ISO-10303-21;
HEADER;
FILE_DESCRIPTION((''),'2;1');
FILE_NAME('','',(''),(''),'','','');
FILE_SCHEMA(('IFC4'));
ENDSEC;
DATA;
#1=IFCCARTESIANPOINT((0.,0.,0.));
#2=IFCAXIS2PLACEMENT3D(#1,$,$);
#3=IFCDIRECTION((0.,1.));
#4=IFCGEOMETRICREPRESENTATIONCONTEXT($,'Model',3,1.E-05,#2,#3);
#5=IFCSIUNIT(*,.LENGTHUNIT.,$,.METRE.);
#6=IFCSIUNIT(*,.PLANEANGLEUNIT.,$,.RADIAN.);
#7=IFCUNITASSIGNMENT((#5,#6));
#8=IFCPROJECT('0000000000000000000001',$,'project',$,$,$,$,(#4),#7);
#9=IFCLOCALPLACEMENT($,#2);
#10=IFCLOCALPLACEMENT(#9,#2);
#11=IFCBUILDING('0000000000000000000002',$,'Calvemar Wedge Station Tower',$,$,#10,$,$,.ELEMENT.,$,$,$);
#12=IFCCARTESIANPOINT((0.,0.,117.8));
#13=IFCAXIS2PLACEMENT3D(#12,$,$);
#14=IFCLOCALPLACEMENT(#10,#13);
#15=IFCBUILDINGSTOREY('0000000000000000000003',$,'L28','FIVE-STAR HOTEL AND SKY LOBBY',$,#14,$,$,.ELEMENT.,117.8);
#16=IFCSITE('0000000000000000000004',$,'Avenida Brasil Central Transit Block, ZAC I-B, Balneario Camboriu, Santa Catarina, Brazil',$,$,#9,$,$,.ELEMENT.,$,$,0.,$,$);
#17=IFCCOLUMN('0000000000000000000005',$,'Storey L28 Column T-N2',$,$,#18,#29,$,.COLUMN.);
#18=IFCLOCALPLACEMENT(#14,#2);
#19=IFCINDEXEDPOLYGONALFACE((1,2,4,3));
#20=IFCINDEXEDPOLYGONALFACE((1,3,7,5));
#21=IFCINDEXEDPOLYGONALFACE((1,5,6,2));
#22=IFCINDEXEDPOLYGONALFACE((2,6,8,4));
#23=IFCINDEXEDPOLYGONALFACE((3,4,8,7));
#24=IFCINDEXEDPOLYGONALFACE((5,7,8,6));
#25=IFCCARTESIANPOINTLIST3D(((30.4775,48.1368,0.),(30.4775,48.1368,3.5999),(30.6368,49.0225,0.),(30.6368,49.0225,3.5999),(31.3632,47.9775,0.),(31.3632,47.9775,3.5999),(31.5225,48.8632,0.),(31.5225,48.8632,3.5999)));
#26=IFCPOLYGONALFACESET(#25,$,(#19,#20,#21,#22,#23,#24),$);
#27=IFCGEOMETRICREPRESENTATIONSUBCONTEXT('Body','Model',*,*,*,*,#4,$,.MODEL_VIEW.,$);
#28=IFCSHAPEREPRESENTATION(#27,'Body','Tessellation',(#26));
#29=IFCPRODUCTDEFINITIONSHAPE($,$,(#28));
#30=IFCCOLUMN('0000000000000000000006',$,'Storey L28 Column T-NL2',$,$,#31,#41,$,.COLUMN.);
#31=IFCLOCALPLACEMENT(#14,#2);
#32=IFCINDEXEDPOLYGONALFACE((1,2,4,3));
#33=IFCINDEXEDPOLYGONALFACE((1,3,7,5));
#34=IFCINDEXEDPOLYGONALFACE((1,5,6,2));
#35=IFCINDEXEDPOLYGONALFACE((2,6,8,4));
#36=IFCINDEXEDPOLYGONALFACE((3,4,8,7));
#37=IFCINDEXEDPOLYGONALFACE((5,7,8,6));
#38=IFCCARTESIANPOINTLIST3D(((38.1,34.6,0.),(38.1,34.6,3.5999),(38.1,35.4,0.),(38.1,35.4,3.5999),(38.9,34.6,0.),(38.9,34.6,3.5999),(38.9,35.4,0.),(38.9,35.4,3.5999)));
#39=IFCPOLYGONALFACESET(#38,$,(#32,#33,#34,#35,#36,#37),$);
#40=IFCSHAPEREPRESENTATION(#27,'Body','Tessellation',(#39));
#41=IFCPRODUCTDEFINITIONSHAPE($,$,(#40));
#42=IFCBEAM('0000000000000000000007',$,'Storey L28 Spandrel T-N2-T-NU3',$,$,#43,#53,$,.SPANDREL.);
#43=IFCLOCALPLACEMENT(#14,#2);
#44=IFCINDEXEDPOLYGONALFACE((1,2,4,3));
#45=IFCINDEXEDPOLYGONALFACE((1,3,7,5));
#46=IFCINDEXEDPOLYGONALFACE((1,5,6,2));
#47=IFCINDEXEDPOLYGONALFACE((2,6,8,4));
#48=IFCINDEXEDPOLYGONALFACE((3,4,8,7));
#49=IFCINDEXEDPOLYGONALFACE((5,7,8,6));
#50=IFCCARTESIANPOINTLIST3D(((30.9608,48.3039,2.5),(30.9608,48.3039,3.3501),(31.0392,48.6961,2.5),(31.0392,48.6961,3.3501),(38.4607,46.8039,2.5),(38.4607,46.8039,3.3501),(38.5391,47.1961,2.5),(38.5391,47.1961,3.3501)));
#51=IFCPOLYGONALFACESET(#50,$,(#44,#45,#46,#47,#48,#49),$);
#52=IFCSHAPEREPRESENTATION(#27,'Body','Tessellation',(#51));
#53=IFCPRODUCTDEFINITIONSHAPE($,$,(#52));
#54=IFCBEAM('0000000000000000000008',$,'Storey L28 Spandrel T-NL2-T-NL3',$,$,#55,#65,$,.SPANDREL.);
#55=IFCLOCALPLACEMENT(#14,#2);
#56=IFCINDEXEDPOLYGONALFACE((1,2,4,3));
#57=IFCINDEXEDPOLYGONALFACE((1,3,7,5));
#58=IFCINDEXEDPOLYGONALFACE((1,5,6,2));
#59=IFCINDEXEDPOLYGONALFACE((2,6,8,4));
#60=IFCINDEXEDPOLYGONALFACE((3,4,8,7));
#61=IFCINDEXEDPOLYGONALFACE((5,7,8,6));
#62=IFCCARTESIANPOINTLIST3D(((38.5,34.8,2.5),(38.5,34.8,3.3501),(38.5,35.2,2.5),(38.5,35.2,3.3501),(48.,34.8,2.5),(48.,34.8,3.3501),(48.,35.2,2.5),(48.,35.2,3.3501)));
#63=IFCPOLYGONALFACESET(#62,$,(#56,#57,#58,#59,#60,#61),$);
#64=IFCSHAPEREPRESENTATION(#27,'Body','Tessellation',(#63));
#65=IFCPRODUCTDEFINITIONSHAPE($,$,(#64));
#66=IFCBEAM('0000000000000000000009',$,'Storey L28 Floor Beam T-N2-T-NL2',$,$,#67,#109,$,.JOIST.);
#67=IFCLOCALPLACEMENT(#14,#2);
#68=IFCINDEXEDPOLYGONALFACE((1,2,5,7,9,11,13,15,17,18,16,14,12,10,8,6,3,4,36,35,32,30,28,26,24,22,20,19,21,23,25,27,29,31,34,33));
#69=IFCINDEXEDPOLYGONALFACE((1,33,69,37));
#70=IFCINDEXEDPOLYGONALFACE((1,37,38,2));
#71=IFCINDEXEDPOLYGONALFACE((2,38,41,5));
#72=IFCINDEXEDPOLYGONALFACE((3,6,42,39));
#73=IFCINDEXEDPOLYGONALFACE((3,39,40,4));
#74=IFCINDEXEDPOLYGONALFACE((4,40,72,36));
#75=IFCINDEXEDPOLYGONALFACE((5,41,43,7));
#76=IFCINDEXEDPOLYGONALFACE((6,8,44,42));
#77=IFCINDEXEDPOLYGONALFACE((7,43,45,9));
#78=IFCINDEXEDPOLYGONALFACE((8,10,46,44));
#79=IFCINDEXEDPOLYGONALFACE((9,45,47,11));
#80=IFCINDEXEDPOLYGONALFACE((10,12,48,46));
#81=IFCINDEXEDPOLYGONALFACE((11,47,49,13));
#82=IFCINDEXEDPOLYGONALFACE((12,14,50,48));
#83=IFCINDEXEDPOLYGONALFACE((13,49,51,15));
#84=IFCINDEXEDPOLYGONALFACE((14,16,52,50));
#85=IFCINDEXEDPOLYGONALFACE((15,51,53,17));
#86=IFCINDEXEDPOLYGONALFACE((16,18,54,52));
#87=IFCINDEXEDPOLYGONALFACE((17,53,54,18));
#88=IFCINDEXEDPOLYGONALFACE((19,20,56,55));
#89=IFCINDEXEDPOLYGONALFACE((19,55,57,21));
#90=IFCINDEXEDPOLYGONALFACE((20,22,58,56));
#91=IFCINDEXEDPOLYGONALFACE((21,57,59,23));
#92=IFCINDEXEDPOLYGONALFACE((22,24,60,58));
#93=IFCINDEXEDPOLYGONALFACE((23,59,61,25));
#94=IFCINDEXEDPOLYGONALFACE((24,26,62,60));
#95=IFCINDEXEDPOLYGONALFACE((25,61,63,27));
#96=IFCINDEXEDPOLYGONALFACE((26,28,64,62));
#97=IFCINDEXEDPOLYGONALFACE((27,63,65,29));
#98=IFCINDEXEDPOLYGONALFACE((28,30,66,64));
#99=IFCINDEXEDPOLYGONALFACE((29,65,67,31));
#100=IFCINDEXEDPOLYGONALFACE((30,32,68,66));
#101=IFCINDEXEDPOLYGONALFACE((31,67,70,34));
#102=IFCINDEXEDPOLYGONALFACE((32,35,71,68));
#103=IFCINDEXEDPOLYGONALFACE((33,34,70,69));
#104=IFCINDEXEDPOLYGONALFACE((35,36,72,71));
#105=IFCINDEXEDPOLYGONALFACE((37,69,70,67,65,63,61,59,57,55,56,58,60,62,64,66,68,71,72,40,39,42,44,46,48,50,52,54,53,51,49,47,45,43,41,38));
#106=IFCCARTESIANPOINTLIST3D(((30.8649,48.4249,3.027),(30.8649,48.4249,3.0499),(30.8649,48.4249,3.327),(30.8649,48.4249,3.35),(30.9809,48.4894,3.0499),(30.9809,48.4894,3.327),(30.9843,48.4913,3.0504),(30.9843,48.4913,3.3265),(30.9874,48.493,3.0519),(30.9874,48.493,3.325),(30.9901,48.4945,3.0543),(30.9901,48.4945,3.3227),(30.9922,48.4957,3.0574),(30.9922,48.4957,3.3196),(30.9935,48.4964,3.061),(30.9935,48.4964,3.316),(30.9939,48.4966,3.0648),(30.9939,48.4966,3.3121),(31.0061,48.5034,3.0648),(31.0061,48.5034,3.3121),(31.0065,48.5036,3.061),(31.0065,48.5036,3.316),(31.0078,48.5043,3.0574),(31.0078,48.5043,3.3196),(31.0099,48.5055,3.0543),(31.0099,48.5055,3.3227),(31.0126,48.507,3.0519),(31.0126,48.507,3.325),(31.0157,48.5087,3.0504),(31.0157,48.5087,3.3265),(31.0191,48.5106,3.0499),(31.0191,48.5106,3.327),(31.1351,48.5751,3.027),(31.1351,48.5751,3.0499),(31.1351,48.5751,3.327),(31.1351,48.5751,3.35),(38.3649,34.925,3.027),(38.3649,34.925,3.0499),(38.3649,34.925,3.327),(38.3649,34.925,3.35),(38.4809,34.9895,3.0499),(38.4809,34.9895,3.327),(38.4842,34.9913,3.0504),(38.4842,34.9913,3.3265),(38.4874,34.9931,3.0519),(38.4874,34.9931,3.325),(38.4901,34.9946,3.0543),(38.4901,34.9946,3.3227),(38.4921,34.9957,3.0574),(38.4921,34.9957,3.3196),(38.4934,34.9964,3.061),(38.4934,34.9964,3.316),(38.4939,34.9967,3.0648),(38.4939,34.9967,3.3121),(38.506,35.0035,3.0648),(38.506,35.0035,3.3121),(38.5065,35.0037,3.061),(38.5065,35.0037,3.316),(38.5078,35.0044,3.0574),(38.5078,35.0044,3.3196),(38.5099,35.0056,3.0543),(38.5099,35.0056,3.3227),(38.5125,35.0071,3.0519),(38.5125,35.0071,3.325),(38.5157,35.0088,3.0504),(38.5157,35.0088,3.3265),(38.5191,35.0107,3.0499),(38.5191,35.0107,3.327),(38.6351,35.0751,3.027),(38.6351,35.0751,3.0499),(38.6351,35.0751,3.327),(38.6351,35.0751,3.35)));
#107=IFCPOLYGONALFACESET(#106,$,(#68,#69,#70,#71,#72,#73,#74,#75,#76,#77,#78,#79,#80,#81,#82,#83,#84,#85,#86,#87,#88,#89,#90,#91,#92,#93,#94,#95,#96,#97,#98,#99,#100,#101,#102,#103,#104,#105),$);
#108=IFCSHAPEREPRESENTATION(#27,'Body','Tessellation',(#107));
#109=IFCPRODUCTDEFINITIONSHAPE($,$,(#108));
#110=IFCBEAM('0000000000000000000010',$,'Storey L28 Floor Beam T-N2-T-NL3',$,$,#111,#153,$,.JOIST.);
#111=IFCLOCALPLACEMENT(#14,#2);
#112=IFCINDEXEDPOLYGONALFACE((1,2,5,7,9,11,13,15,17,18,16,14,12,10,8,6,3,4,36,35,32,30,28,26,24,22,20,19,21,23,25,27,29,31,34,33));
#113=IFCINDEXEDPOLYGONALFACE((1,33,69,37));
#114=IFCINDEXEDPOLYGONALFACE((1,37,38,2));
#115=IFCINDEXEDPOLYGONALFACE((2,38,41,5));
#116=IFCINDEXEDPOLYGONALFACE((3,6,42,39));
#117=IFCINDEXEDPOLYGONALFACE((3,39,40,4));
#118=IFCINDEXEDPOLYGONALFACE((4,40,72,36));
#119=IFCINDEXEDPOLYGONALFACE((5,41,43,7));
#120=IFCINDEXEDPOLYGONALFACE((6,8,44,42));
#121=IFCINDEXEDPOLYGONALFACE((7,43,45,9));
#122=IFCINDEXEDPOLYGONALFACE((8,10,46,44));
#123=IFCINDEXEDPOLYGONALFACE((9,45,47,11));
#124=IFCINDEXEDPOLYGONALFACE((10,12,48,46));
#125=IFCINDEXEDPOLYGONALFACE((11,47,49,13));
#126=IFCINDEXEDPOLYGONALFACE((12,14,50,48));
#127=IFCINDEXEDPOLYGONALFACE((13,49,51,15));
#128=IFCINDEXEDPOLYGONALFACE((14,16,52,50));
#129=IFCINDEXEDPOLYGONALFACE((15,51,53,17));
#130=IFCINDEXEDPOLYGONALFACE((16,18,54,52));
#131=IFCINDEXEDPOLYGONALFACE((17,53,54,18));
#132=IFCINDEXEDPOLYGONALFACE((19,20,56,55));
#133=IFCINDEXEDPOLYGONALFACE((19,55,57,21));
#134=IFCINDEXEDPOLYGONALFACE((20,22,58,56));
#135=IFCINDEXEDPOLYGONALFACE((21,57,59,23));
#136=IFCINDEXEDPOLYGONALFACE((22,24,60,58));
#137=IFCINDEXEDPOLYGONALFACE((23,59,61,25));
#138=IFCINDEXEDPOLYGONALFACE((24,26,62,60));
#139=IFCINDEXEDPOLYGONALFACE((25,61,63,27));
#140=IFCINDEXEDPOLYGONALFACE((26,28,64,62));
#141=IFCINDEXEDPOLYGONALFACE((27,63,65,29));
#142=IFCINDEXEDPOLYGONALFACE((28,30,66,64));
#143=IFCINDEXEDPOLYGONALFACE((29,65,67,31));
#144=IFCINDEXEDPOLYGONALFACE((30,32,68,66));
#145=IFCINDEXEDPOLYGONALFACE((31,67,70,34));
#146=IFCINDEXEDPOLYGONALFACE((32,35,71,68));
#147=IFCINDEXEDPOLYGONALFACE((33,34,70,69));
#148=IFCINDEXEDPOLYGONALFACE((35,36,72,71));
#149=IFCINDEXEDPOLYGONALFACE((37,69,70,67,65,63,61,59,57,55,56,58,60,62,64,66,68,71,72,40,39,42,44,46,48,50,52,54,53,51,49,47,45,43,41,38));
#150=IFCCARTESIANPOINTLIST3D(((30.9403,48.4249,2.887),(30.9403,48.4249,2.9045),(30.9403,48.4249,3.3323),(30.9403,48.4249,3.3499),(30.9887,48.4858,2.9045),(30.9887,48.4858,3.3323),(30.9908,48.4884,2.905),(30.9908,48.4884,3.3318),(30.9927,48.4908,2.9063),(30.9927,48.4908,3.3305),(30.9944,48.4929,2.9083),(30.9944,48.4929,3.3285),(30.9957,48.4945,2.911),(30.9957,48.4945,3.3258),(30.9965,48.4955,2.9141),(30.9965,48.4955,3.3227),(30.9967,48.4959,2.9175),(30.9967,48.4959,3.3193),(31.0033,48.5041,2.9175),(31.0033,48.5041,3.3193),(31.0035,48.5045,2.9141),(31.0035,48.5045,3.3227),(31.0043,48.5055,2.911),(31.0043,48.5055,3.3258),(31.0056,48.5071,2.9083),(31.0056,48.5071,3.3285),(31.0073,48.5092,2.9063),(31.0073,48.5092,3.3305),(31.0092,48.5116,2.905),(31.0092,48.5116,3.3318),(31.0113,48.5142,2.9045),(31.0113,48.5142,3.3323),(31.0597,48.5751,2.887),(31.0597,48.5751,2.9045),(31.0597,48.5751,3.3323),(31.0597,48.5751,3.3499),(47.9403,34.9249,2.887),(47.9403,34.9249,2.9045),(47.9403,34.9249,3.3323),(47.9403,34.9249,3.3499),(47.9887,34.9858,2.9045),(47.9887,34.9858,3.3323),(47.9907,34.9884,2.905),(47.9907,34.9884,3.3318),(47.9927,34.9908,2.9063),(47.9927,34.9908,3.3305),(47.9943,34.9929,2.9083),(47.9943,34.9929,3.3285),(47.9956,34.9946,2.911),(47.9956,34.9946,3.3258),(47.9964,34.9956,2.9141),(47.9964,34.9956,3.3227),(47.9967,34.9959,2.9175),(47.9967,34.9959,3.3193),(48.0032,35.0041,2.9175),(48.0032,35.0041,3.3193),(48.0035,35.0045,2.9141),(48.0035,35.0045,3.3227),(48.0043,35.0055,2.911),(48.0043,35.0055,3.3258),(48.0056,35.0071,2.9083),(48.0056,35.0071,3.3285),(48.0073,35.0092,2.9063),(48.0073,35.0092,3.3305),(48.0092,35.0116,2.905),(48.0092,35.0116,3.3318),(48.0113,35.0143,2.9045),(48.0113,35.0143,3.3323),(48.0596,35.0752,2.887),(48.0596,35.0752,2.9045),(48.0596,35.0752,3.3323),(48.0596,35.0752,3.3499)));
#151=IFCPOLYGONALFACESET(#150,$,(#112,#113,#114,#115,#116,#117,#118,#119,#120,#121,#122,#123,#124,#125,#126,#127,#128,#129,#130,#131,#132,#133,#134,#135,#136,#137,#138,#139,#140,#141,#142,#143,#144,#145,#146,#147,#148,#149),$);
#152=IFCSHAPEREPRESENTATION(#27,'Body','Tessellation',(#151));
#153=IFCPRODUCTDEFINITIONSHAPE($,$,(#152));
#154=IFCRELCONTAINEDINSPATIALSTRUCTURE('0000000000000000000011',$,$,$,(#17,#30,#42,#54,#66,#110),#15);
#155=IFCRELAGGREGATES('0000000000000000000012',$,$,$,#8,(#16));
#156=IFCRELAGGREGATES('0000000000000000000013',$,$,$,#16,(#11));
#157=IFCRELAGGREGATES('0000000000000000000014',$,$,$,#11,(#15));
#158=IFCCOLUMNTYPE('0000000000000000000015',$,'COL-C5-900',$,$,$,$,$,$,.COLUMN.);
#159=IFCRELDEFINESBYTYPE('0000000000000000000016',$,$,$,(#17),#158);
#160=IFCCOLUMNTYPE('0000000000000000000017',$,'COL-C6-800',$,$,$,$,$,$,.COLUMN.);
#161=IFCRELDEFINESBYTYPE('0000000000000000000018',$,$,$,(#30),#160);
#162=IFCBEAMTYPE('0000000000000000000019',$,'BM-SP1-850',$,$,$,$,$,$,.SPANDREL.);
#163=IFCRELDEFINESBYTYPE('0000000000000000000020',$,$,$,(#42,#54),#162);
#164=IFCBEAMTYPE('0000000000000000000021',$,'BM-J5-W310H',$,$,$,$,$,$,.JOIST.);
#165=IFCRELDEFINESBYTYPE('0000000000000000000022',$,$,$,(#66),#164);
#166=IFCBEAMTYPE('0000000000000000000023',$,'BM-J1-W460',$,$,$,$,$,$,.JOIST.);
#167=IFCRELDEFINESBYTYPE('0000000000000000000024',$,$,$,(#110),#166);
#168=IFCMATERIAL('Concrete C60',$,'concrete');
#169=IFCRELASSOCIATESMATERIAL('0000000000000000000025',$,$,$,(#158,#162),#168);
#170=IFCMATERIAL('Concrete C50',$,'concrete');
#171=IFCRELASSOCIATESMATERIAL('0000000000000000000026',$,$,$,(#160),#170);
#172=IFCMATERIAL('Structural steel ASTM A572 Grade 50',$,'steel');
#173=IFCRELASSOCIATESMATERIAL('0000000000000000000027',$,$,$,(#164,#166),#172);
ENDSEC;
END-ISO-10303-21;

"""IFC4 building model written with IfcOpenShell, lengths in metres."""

from ifc_helpers import new_model, si_unit, direction, frame, origin, origin_2d, place, context, subcontext, project, spatial, rectangle, i_section, extrude, source, transform, mapped, material, material_profile, profile_set, type_object, element, save


model = new_model("IFC4")

# Units and contexts
model_context = context("Model", 3, precision=1e-05, world=origin(), true_north=direction((0.0, 1.0)))
body_context = subcontext(model_context, "Body", "Model", "MODEL_VIEW")
ifc_project = project(units=[si_unit("LENGTHUNIT", "METRE"), si_unit("PLANEANGLEUNIT", "RADIAN")], contexts=[model_context])

# Site, building, storey
site_placement = place(None, origin())
site = spatial("IfcSite", under=ifc_project, at=site_placement, Name="Avenida Brasil Central Transit Block, ZAC I-B, Balneario Camboriu, Santa Catarina, Brazil", CompositionType="ELEMENT", RefElevation=0.0)
building_placement = place(site_placement, origin())
building = spatial("IfcBuilding", under=site, at=building_placement, Name="Calvemar Wedge Station Tower", CompositionType="ELEMENT")
storey_placement = place(building_placement, frame((0.0, 0.0, 117.8)))
storey = spatial("IfcBuildingStorey", under=building, at=storey_placement, Name="L28", Description="FIVE-STAR HOTEL AND SKY LOBBY", CompositionType="ELEMENT", Elevation=117.8)

# Columns
ifc_material_1 = material(Name="Concrete C60", Category="concrete")
ifc_material_profile_1 = material_profile(ifc_material_1, rectangle(XDim=0.8999, YDim=0.8999, at=origin_2d()), Name="RC900x900")
ifc_profile_set_1 = profile_set([ifc_material_profile_1], Name="Concrete C60")
column_type_1 = type_object("IfcColumnType", Name="COL-C5-900", PredefinedType="COLUMN", material=ifc_profile_set_1)
shared_shape_1 = source(origin(), body_context, "Body", "SweptSolid", [
    extrude(rectangle(XDim=0.8999, YDim=0.8999, at=origin_2d()), origin(), (0.0, 0.0, 1.0), 3.5999),
])
column_1_placement = place(storey_placement, frame((31.0, 48.5, 0.0), z_axis=(0.0, 0.0, 1.0), x_axis=(0.984196, -0.177085, 0.0)))
element("IfcColumn", 1, at=column_1_placement, inside=storey, type_object=column_type_1, Name="Storey L28 Column T-N2", PredefinedType="COLUMN", context=body_context, shape_type="MappedRepresentation", body=[
    mapped(shared_shape_1, transform((0.0, 0.0, 0.0), scale=1.0)),
])
ifc_material_2 = material(Name="Concrete C50", Category="concrete")
ifc_material_profile_2 = material_profile(ifc_material_2, rectangle(XDim=0.8, YDim=0.8, at=origin_2d()), Name="RC800x800")
ifc_profile_set_2 = profile_set([ifc_material_profile_2], Name="Concrete C50")
column_type_2 = type_object("IfcColumnType", Name="COL-C6-800", PredefinedType="COLUMN", material=ifc_profile_set_2)
shared_shape_2 = source(origin(), body_context, "Body", "SweptSolid", [
    extrude(rectangle(XDim=0.8, YDim=0.8, at=origin_2d()), origin(), (0.0, 0.0, 1.0), 3.5999),
])
column_2_placement = place(storey_placement, frame((38.5, 35.0, 0.0), z_axis=(0.0, 0.0, 1.0), x_axis=(1.0, 0.0, 0.0)))
element("IfcColumn", 2, at=column_2_placement, inside=storey, type_object=column_type_2, Name="Storey L28 Column T-NL2", PredefinedType="COLUMN", context=body_context, shape_type="MappedRepresentation", body=[
    mapped(shared_shape_2, transform((0.0, 0.0, 0.0), scale=1.0)),
])

# Beams
ifc_material_profile_3 = material_profile(ifc_material_1, rectangle(XDim=0.3999, YDim=0.8501, at=origin_2d()), Name="RC400x850")
ifc_profile_set_3 = profile_set([ifc_material_profile_3], Name="Concrete C60")
beam_type_1 = type_object("IfcBeamType", Name="BM-SP1-850", PredefinedType="SPANDREL", material=ifc_profile_set_3)
shared_shape_3 = source(origin(), body_context, "Body", "SweptSolid", [
    extrude(rectangle(XDim=0.3999, YDim=0.8501, at=origin_2d()), origin(), (0.0, 0.0, 1.0), 7.6484),
])
beam_1_placement = place(storey_placement, frame((31.0, 48.5, 2.925), z_axis=(0.980581, -0.196116, 0.0), x_axis=(0.196116, 0.980581, 0.0)))
element("IfcBeam", 3, at=beam_1_placement, inside=storey, type_object=beam_type_1, Name="Storey L28 Spandrel T-N2-T-NU3", PredefinedType="SPANDREL", context=body_context, shape_type="MappedRepresentation", body=[
    mapped(shared_shape_3, transform((0.0, 0.0, 0.0), scale=1.0)),
])
shared_shape_4 = source(origin(), body_context, "Body", "SweptSolid", [
    extrude(rectangle(XDim=0.3999, YDim=0.8501, at=origin_2d()), origin(), (0.0, 0.0, 1.0), 9.5),
])
beam_2_placement = place(storey_placement, frame((38.5, 35.0, 2.925), z_axis=(1.0, 0.0, 0.0), x_axis=(0.0, 1.0, 0.0)))
element("IfcBeam", 4, at=beam_2_placement, inside=storey, type_object=beam_type_1, Name="Storey L28 Spandrel T-NL2-T-NL3", PredefinedType="SPANDREL", context=body_context, shape_type="MappedRepresentation", body=[
    mapped(shared_shape_4, transform((0.0, 0.0, 0.0), scale=1.0)),
])
ifc_material_3 = material(Name="Structural steel ASTM A572 Grade 50", Category="steel")
ifc_material_profile_4 = material_profile(ifc_material_3, i_section(OverallWidth=0.3091, OverallDepth=0.323, WebThickness=0.0139, FlangeThickness=0.0229, FilletRadius=0.0149, at=origin_2d()), Name="W310x143")
ifc_profile_set_4 = profile_set([ifc_material_profile_4], Name="Structural steel ASTM A572 Grade 50")
beam_type_2 = type_object("IfcBeamType", Name="BM-J5-W310H", PredefinedType="JOIST", material=ifc_profile_set_4)
shared_shape_5 = source(origin(), body_context, "Body", "SweptSolid", [
    extrude(i_section(OverallWidth=0.3091, OverallDepth=0.323, WebThickness=0.0139, FlangeThickness=0.0229, FilletRadius=0.0149, at=origin_2d()), origin(), (0.0, 0.0, 1.0), 15.4434),
])
beam_3_placement = place(storey_placement, frame((31.0, 48.5, 3.1885), z_axis=(0.485643, -0.874157, 0.0), x_axis=(0.874157, 0.485643, 0.0)))
element("IfcBeam", 5, at=beam_3_placement, inside=storey, type_object=beam_type_2, Name="Storey L28 Floor Beam T-N2-T-NL2", PredefinedType="JOIST", context=body_context, shape_type="MappedRepresentation", body=[
    mapped(shared_shape_5, transform((0.0, 0.0, 0.0), scale=1.0)),
])
ifc_material_profile_5 = material_profile(ifc_material_3, i_section(OverallWidth=0.1919, OverallDepth=0.4629, WebThickness=0.0105, FlangeThickness=0.0176, FilletRadius=0.0129, at=origin_2d()), Name="W460x89")
ifc_profile_set_5 = profile_set([ifc_material_profile_5], Name="Structural steel ASTM A572 Grade 50")
beam_type_3 = type_object("IfcBeamType", Name="BM-J1-W460", PredefinedType="JOIST", material=ifc_profile_set_5)
shared_shape_6 = source(origin(), body_context, "Body", "SweptSolid", [
    extrude(i_section(OverallWidth=0.1919, OverallDepth=0.4629, WebThickness=0.0105, FlangeThickness=0.0176, FilletRadius=0.0129, at=origin_2d()), origin(), (0.0, 0.0, 1.0), 21.7083),
])
beam_4_placement = place(storey_placement, frame((31.0, 48.5, 3.1184), z_axis=(0.783111, -0.621882, 0.0), x_axis=(0.621882, 0.783111, 0.0)))
element("IfcBeam", 6, at=beam_4_placement, inside=storey, type_object=beam_type_3, Name="Storey L28 Floor Beam T-N2-T-NL3", PredefinedType="JOIST", context=body_context, shape_type="MappedRepresentation", body=[
    mapped(shared_shape_6, transform((0.0, 0.0, 0.0), scale=1.0)),
])

save(model, "model.ifc")
